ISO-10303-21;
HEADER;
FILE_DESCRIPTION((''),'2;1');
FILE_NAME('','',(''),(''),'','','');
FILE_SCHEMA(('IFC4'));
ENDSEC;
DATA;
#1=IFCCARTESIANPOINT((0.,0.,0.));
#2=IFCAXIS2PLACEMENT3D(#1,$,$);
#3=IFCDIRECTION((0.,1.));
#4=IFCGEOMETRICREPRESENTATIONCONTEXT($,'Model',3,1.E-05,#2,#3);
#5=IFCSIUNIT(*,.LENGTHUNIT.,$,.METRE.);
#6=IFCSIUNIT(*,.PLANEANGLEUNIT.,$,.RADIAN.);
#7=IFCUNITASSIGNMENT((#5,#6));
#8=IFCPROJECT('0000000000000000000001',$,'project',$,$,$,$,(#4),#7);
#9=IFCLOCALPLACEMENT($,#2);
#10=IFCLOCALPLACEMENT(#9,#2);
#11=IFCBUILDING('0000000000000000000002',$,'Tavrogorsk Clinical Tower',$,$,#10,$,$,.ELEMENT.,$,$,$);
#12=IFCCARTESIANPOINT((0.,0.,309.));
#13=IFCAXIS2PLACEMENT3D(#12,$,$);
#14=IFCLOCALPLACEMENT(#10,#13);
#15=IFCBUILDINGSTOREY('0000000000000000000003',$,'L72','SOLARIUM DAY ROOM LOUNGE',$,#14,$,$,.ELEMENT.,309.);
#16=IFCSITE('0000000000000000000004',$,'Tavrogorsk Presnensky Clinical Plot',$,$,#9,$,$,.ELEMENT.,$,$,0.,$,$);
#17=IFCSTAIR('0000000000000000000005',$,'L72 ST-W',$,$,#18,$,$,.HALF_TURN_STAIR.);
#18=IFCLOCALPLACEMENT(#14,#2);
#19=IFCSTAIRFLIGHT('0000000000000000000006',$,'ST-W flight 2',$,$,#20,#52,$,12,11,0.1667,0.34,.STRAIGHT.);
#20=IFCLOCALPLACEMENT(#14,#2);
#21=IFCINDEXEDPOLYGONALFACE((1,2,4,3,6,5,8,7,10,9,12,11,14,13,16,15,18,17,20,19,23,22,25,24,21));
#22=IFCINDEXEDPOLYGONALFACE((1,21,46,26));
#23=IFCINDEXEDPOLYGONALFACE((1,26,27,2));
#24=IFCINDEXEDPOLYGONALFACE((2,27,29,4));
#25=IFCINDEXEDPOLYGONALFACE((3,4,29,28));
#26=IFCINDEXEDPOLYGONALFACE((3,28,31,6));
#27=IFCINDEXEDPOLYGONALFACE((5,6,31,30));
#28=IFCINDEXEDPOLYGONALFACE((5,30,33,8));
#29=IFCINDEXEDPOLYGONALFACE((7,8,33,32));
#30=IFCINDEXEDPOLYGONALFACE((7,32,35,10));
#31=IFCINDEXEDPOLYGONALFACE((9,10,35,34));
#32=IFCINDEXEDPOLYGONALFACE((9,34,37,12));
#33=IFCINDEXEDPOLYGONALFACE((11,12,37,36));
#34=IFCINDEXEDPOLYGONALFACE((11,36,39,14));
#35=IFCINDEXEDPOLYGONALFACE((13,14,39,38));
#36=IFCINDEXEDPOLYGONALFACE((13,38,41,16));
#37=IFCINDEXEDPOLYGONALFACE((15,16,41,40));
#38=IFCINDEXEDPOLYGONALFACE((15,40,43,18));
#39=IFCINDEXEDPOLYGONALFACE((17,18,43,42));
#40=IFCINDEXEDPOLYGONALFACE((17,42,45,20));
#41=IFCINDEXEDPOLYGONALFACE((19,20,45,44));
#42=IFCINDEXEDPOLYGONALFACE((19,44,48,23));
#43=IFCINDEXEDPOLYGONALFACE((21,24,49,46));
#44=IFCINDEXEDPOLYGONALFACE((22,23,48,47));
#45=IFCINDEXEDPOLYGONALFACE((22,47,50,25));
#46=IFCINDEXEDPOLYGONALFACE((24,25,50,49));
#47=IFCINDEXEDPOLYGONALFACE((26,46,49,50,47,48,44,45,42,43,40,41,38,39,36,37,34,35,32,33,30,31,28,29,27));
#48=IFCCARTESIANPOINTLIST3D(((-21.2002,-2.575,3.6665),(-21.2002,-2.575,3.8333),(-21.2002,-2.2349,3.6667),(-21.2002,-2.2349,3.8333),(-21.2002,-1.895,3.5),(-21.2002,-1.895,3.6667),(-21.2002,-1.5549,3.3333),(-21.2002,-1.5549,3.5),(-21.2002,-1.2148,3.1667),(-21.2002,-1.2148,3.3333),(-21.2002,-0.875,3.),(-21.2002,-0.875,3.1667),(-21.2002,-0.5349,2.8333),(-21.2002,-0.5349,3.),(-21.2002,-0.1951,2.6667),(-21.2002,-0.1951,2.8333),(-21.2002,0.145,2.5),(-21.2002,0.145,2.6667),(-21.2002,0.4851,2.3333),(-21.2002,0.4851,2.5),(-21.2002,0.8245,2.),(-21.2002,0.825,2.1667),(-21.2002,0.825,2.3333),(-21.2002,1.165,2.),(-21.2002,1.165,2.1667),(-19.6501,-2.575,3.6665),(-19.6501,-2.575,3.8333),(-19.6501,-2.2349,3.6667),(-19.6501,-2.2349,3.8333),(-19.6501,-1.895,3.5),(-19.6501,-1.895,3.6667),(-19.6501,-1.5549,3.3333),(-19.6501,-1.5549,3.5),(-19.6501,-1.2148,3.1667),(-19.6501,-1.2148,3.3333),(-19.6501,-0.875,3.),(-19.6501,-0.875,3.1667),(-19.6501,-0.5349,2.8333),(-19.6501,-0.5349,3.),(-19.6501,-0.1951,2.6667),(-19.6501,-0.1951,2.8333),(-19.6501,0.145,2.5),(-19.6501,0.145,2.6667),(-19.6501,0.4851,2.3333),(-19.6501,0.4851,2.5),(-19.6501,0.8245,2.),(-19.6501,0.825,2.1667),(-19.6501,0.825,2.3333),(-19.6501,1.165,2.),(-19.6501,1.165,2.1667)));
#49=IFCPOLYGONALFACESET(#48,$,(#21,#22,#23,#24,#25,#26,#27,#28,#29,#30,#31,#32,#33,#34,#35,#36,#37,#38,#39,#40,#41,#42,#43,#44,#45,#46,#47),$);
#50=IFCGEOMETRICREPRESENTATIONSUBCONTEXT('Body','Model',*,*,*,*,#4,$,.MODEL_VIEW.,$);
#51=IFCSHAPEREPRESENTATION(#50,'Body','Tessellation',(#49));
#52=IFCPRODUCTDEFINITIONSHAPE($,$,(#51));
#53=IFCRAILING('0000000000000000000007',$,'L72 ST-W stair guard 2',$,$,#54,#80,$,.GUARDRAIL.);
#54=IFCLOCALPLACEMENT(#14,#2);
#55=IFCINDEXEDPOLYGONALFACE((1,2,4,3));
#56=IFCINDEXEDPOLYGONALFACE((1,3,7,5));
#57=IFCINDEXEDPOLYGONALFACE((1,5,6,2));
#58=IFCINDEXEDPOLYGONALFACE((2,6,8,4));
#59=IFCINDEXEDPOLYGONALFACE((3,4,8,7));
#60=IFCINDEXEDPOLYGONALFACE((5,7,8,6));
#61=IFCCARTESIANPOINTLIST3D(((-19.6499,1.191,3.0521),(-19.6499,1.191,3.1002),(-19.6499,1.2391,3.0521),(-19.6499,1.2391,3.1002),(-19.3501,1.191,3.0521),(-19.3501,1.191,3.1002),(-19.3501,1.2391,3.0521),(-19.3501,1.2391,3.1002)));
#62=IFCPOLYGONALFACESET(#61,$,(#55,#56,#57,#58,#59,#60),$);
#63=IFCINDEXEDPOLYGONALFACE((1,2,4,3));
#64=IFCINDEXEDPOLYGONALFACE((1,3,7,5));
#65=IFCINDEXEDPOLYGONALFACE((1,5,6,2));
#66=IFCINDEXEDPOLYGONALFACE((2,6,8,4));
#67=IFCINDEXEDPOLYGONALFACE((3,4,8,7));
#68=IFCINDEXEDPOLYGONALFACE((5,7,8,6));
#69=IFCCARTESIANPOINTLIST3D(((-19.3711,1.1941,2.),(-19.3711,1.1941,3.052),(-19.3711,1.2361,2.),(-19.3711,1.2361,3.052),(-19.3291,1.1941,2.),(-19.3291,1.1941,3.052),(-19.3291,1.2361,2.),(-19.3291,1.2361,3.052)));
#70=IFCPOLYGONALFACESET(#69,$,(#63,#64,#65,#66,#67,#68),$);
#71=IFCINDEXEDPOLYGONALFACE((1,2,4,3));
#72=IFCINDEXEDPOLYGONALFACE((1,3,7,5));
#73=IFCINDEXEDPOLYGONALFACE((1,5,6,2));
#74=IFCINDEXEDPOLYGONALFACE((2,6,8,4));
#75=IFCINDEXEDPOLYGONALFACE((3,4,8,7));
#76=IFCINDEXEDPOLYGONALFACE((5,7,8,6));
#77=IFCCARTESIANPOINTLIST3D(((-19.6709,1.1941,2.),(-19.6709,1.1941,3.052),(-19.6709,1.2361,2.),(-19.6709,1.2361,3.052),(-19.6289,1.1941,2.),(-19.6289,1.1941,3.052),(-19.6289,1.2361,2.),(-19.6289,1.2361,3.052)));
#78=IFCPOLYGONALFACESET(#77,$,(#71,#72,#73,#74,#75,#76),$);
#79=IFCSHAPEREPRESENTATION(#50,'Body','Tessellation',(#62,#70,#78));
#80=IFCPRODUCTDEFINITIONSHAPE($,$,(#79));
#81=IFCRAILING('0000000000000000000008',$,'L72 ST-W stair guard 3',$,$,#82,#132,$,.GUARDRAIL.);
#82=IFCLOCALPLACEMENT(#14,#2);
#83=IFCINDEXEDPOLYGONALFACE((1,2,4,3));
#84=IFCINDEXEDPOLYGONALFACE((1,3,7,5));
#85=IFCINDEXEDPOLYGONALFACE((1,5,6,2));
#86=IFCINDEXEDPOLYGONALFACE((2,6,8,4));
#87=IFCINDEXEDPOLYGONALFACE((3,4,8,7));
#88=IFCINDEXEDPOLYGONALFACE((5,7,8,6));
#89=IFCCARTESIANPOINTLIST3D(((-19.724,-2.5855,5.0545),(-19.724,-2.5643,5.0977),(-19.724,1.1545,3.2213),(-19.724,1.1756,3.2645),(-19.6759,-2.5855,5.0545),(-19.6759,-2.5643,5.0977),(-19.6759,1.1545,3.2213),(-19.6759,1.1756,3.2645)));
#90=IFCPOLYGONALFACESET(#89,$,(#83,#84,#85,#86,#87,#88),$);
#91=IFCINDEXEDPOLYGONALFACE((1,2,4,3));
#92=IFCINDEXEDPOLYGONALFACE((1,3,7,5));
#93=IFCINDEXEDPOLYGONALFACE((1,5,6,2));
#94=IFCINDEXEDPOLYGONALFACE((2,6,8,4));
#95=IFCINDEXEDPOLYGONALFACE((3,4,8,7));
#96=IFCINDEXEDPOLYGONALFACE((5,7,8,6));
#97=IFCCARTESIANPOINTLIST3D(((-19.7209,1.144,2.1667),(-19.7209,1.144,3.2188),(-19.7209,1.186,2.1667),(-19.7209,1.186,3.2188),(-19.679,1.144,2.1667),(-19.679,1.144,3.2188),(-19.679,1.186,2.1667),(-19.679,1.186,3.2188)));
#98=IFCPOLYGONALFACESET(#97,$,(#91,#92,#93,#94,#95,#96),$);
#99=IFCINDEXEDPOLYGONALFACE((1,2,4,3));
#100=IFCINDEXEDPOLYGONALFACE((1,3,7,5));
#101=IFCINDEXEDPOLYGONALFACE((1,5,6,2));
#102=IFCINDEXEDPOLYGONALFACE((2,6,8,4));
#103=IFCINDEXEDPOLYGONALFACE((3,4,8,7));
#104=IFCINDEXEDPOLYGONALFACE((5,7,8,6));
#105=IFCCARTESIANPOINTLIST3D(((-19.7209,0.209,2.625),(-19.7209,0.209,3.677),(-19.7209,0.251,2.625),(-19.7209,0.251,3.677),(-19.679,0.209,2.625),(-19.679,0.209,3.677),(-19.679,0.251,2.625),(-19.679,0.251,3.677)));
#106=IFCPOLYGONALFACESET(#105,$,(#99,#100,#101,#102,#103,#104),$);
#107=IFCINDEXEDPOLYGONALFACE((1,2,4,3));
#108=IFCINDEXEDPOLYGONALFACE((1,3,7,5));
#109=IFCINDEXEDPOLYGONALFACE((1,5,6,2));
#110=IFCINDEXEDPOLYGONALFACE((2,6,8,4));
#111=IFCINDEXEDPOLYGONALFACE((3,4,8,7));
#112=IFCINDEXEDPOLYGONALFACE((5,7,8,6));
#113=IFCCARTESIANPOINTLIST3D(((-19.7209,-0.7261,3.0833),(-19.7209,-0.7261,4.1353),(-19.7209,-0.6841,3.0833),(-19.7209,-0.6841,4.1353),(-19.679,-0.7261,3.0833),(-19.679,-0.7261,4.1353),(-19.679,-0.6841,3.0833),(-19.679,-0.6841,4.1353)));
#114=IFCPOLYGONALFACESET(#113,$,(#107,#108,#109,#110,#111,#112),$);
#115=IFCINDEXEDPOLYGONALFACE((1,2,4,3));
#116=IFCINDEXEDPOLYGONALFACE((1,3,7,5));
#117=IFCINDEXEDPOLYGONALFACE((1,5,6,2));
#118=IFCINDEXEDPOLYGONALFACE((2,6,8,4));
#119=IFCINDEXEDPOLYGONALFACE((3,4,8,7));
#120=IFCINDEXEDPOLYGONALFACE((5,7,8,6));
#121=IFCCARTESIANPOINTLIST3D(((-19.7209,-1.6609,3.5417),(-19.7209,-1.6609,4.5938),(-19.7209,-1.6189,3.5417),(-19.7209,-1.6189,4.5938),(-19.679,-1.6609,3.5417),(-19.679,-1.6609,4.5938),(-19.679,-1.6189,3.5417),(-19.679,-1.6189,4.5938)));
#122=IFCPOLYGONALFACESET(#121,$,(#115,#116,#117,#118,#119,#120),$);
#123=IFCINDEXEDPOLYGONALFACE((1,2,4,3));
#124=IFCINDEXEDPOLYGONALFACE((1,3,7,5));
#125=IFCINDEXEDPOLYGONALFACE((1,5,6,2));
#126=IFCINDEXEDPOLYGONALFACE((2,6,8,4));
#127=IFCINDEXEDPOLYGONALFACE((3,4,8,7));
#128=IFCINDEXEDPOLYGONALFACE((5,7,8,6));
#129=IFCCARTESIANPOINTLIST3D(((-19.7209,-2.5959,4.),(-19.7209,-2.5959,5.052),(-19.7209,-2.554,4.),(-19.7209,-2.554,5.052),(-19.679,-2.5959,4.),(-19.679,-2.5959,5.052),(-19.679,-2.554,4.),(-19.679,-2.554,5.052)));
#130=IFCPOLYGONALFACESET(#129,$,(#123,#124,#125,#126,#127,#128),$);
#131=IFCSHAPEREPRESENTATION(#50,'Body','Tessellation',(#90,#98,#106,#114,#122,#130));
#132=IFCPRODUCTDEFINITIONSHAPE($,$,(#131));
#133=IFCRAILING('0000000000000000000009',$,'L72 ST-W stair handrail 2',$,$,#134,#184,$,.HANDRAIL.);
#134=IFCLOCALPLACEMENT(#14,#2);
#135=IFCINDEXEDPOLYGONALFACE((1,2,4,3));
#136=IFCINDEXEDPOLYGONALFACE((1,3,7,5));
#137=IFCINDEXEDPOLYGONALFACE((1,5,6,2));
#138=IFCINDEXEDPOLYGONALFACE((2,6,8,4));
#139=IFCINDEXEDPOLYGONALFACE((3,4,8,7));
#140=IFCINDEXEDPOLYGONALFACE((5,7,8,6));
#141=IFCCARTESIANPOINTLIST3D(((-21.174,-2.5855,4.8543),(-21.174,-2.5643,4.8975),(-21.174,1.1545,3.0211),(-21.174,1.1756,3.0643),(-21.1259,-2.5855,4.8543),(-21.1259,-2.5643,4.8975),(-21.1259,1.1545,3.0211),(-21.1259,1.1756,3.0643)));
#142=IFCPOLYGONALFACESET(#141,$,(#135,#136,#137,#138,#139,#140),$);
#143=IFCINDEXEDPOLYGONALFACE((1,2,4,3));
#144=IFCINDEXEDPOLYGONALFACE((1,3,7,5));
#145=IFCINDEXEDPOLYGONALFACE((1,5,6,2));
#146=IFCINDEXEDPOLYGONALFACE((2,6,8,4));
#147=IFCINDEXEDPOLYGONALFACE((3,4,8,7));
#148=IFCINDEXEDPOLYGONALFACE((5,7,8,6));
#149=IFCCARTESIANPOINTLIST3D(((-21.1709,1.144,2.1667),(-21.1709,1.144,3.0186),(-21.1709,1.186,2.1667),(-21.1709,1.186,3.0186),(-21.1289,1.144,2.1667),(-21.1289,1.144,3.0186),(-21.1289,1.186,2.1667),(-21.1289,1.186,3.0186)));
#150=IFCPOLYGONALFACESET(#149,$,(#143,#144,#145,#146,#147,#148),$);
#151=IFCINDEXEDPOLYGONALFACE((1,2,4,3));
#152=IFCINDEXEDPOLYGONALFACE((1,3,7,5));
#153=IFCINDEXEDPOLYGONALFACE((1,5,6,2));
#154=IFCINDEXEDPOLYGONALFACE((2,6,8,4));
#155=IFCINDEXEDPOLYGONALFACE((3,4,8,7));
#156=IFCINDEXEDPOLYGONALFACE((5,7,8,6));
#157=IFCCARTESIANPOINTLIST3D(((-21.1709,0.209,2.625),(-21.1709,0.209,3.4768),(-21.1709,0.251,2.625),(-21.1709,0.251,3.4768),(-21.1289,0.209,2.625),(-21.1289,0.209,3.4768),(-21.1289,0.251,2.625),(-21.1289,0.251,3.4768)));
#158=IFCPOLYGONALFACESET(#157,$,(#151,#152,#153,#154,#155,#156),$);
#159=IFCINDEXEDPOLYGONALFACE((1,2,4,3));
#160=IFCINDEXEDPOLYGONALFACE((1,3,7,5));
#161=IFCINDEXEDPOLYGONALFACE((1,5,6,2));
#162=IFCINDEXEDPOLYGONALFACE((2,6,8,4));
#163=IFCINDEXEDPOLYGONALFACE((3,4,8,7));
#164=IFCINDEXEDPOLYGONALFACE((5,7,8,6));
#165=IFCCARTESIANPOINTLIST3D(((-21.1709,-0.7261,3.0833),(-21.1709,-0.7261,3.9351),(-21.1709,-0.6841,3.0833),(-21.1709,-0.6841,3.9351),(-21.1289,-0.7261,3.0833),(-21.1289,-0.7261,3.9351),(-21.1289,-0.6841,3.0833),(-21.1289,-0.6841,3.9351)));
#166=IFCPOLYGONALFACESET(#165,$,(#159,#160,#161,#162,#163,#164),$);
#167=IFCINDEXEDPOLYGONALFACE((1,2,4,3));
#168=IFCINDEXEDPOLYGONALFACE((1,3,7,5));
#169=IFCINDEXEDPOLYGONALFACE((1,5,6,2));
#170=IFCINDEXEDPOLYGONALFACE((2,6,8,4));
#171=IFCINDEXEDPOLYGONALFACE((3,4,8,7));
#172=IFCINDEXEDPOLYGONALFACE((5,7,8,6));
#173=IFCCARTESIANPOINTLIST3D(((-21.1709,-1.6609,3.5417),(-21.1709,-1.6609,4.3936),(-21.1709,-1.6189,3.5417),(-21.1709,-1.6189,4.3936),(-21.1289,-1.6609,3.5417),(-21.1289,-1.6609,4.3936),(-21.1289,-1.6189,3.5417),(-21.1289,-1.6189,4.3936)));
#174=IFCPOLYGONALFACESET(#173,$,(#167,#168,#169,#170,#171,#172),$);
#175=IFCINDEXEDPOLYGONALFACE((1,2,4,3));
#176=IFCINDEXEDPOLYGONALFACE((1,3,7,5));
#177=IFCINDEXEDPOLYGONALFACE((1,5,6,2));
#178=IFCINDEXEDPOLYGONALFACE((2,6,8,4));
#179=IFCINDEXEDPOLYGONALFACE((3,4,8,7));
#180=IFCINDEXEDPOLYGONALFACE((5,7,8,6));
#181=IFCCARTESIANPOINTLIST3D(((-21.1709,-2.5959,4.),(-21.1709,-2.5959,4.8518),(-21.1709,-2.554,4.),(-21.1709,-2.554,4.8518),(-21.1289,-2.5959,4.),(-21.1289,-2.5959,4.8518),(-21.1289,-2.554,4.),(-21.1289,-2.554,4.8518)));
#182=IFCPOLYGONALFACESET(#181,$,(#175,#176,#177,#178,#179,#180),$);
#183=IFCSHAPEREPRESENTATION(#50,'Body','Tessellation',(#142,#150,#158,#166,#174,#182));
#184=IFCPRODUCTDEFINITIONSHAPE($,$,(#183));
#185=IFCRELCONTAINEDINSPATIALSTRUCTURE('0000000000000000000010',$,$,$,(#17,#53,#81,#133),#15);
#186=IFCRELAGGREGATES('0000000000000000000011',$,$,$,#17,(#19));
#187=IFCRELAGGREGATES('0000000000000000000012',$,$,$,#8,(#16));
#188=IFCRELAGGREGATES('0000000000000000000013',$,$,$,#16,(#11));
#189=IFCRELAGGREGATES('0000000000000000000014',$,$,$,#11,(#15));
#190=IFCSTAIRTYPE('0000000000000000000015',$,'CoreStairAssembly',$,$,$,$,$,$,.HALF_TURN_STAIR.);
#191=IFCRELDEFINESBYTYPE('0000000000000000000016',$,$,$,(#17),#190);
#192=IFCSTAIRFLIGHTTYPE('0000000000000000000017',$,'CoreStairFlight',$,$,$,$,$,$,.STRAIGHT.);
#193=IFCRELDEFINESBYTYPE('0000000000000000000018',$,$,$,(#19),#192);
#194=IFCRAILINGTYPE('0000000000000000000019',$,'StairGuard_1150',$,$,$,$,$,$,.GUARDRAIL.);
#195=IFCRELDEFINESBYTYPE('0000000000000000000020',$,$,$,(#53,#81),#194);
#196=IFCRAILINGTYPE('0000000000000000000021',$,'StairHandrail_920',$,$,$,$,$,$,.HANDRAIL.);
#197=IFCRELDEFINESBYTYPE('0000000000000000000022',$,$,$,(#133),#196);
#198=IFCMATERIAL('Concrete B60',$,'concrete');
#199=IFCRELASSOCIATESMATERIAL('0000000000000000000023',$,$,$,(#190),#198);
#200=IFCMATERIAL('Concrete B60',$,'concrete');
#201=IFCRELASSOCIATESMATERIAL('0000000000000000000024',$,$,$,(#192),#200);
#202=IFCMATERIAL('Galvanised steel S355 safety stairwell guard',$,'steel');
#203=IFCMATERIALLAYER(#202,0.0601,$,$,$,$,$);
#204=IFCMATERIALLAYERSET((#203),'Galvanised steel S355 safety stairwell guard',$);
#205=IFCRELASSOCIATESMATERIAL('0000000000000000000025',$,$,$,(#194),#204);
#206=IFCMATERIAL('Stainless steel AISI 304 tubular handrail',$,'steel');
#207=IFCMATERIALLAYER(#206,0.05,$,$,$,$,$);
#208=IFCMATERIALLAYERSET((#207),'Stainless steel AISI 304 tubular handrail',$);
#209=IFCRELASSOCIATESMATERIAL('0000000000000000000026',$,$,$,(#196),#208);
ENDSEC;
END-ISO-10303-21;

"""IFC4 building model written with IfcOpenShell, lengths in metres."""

from ifc_helpers import new_model, si_unit, direction, frame, origin, origin_2d, place, context, subcontext, project, spatial, polyline, rectangle, outline, extrude, material, layer, layer_set, type_object, element, aggregate, save


model = new_model("IFC4")

# Units and contexts
model_context = context("Model", 3, precision=1e-05, world=origin(), true_north=direction((0.0, 1.0)))
body_context = subcontext(model_context, "Body", "Model", "MODEL_VIEW")
ifc_project = project(units=[si_unit("LENGTHUNIT", "METRE"), si_unit("PLANEANGLEUNIT", "RADIAN")], contexts=[model_context])

# Site, building, storey
site_placement = place(None, origin())
site = spatial("IfcSite", under=ifc_project, at=site_placement, Name="Tavrogorsk Presnensky Clinical Plot", CompositionType="ELEMENT", RefElevation=0.0)
building_placement = place(site_placement, origin())
building = spatial("IfcBuilding", under=site, at=building_placement, Name="Tavrogorsk Clinical Tower", CompositionType="ELEMENT")
storey_placement = place(building_placement, frame((0.0, 0.0, 309.0)))
storey = spatial("IfcBuildingStorey", under=building, at=storey_placement, Name="L72", Description="SOLARIUM DAY ROOM LOUNGE", CompositionType="ELEMENT", Elevation=309.0)

# Stair, stair flight
ifc_material_1 = material(Name="Concrete B60", Category="concrete")
stair_type = type_object("IfcStairType", Name="CoreStairAssembly", PredefinedType="HALF_TURN_STAIR", material=ifc_material_1)
stair_placement = place(storey_placement, origin())
stair = element("IfcStair", 1, at=stair_placement, inside=storey, type_object=stair_type, Name="L72 ST-W", PredefinedType="HALF_TURN_STAIR")
ifc_material_2 = material(Name="Concrete B60", Category="concrete")
stair_flight_type = type_object("IfcStairFlightType", Name="CoreStairFlight", PredefinedType="STRAIGHT", material=ifc_material_2)
stair_flight_placement = place(storey_placement, frame((-20.425, 1.165, 2.0), z_axis=(0.0, 0.0, 1.0), x_axis=(0.0, -1.0, 0.0)))
stair_flight = element("IfcStairFlight", 2, at=stair_flight_placement, type_object=stair_flight_type, Name="ST-W flight 2", NumberOfRisers=12, NumberOfTreads=11, PredefinedType="STRAIGHT", RiserHeight=0.1667, TreadLength=0.34, context=body_context, shape_type="SweptSolid", body=[
    extrude(outline(polyline([(0.0, 0.0), (0.0, 0.1667), (0.3401, 0.1667), (0.3401, 0.3333), (0.6799, 0.3333), (0.6799, 0.5), (1.02, 0.5), (1.02, 0.6667), (1.3601, 0.6667), (1.3601, 0.8333), (1.7, 0.8333), (1.7, 1.0), (2.04, 1.0), (2.04, 1.1667), (2.3799, 1.1667), (2.3799, 1.3333), (2.72, 1.3333), (2.72, 1.5), (3.0601, 1.5), (3.0601, 1.6667), (3.3999, 1.6667), (3.3999, 1.8333), (3.74, 1.8333), (3.74, 2.0), (3.74, 1.6665), (0.3406, 0.0), (0.0, 0.0)])), frame((0.0, 0.7749, 0.0), z_axis=(0.0, -1.0, 0.0), x_axis=(1.0, 0.0, 0.0)), (0.0, 0.0, 1.0), 1.55),
])
aggregate(stair, [stair_flight])

# Railings
ifc_material_3 = material(Name="Galvanised steel S355 safety stairwell guard", Category="steel")
ifc_layer_1 = layer(ifc_material_3, 0.0601)
ifc_layer_set_1 = layer_set([ifc_layer_1], Name="Galvanised steel S355 safety stairwell guard")
railing_type_1 = type_object("IfcRailingType", Name="StairGuard_1150", PredefinedType="GUARDRAIL", material=ifc_layer_set_1)
railing_1_placement = place(storey_placement, frame((-19.3501, 1.2151, 2.0)))
element("IfcRailing", 3, at=railing_1_placement, inside=storey, type_object=railing_type_1, Name="L72 ST-W stair guard 2", PredefinedType="GUARDRAIL", context=body_context, shape_type="SweptSolid", body=[
    extrude(rectangle(XDim=0.0481, YDim=0.0481, at=origin_2d()), frame((0.0, 0.0, 1.0762), z_axis=(-1.0, 0.0, 0.0), x_axis=(0.0, -1.0, 0.0)), (0.0, 0.0, 1.0), 0.2998),
    extrude(rectangle(XDim=0.042, YDim=0.042, at=origin_2d()), origin(), (0.0, 0.0, 1.0), 1.052),
    extrude(rectangle(XDim=0.042, YDim=0.042, at=origin_2d()), frame((-0.2998, 0.0, 0.0)), (0.0, 0.0, 1.0), 1.052),
])
railing_2_placement = place(storey_placement, frame((-19.7, 1.165, 2.1667)))
element("IfcRailing", 4, at=railing_2_placement, inside=storey, type_object=railing_type_1, Name="L72 ST-W stair guard 3", PredefinedType="GUARDRAIL", context=body_context, shape_type="SweptSolid", body=[
    extrude(rectangle(XDim=0.0481, YDim=0.0481, at=origin_2d()), frame((0.0, 0.0, 1.0762), z_axis=(0.0, -0.897928, 0.440142), x_axis=(1.0, 0.0, 0.0)), (0.0, 0.0, 1.0), 4.165),
    extrude(rectangle(XDim=0.042, YDim=0.042, at=origin_2d()), origin(), (0.0, 0.0, 1.0), 1.052),
    extrude(rectangle(XDim=0.042, YDim=0.042, at=origin_2d()), frame((0.0, -0.9351, 0.4583)), (0.0, 0.0, 1.0), 1.052),
    extrude(rectangle(XDim=0.042, YDim=0.042, at=origin_2d()), frame((0.0, -1.8701, 0.9165)), (0.0, 0.0, 1.0), 1.052),
    extrude(rectangle(XDim=0.042, YDim=0.042, at=origin_2d()), frame((0.0, -2.8049, 1.375)), (0.0, 0.0, 1.0), 1.052),
    extrude(rectangle(XDim=0.042, YDim=0.042, at=origin_2d()), frame((0.0, -3.74, 1.8333)), (0.0, 0.0, 1.0), 1.052),
])
ifc_material_4 = material(Name="Stainless steel AISI 304 tubular handrail", Category="steel")
ifc_layer_2 = layer(ifc_material_4, 0.05)
ifc_layer_set_2 = layer_set([ifc_layer_2], Name="Stainless steel AISI 304 tubular handrail")
railing_type_2 = type_object("IfcRailingType", Name="StairHandrail_920", PredefinedType="HANDRAIL", material=ifc_layer_set_2)
railing_3_placement = place(storey_placement, frame((-21.1499, 1.165, 2.1667)))
element("IfcRailing", 5, at=railing_3_placement, inside=storey, type_object=railing_type_2, Name="L72 ST-W stair handrail 2", PredefinedType="HANDRAIL", context=body_context, shape_type="SweptSolid", body=[
    extrude(rectangle(XDim=0.0481, YDim=0.0481, at=origin_2d()), frame((0.0, 0.0, 0.876), z_axis=(0.0, -0.897928, 0.440142), x_axis=(1.0, 0.0, 0.0)), (0.0, 0.0, 1.0), 4.165),
    extrude(rectangle(XDim=0.042, YDim=0.042, at=origin_2d()), origin(), (0.0, 0.0, 1.0), 0.8518),
    extrude(rectangle(XDim=0.042, YDim=0.042, at=origin_2d()), frame((0.0, -0.9351, 0.4583)), (0.0, 0.0, 1.0), 0.8518),
    extrude(rectangle(XDim=0.042, YDim=0.042, at=origin_2d()), frame((0.0, -1.8701, 0.9165)), (0.0, 0.0, 1.0), 0.8518),
    extrude(rectangle(XDim=0.042, YDim=0.042, at=origin_2d()), frame((0.0, -2.8049, 1.375)), (0.0, 0.0, 1.0), 0.8518),
    extrude(rectangle(XDim=0.042, YDim=0.042, at=origin_2d()), frame((0.0, -3.74, 1.8333)), (0.0, 0.0, 1.0), 0.8518),
])

save(model, "model.ifc")
